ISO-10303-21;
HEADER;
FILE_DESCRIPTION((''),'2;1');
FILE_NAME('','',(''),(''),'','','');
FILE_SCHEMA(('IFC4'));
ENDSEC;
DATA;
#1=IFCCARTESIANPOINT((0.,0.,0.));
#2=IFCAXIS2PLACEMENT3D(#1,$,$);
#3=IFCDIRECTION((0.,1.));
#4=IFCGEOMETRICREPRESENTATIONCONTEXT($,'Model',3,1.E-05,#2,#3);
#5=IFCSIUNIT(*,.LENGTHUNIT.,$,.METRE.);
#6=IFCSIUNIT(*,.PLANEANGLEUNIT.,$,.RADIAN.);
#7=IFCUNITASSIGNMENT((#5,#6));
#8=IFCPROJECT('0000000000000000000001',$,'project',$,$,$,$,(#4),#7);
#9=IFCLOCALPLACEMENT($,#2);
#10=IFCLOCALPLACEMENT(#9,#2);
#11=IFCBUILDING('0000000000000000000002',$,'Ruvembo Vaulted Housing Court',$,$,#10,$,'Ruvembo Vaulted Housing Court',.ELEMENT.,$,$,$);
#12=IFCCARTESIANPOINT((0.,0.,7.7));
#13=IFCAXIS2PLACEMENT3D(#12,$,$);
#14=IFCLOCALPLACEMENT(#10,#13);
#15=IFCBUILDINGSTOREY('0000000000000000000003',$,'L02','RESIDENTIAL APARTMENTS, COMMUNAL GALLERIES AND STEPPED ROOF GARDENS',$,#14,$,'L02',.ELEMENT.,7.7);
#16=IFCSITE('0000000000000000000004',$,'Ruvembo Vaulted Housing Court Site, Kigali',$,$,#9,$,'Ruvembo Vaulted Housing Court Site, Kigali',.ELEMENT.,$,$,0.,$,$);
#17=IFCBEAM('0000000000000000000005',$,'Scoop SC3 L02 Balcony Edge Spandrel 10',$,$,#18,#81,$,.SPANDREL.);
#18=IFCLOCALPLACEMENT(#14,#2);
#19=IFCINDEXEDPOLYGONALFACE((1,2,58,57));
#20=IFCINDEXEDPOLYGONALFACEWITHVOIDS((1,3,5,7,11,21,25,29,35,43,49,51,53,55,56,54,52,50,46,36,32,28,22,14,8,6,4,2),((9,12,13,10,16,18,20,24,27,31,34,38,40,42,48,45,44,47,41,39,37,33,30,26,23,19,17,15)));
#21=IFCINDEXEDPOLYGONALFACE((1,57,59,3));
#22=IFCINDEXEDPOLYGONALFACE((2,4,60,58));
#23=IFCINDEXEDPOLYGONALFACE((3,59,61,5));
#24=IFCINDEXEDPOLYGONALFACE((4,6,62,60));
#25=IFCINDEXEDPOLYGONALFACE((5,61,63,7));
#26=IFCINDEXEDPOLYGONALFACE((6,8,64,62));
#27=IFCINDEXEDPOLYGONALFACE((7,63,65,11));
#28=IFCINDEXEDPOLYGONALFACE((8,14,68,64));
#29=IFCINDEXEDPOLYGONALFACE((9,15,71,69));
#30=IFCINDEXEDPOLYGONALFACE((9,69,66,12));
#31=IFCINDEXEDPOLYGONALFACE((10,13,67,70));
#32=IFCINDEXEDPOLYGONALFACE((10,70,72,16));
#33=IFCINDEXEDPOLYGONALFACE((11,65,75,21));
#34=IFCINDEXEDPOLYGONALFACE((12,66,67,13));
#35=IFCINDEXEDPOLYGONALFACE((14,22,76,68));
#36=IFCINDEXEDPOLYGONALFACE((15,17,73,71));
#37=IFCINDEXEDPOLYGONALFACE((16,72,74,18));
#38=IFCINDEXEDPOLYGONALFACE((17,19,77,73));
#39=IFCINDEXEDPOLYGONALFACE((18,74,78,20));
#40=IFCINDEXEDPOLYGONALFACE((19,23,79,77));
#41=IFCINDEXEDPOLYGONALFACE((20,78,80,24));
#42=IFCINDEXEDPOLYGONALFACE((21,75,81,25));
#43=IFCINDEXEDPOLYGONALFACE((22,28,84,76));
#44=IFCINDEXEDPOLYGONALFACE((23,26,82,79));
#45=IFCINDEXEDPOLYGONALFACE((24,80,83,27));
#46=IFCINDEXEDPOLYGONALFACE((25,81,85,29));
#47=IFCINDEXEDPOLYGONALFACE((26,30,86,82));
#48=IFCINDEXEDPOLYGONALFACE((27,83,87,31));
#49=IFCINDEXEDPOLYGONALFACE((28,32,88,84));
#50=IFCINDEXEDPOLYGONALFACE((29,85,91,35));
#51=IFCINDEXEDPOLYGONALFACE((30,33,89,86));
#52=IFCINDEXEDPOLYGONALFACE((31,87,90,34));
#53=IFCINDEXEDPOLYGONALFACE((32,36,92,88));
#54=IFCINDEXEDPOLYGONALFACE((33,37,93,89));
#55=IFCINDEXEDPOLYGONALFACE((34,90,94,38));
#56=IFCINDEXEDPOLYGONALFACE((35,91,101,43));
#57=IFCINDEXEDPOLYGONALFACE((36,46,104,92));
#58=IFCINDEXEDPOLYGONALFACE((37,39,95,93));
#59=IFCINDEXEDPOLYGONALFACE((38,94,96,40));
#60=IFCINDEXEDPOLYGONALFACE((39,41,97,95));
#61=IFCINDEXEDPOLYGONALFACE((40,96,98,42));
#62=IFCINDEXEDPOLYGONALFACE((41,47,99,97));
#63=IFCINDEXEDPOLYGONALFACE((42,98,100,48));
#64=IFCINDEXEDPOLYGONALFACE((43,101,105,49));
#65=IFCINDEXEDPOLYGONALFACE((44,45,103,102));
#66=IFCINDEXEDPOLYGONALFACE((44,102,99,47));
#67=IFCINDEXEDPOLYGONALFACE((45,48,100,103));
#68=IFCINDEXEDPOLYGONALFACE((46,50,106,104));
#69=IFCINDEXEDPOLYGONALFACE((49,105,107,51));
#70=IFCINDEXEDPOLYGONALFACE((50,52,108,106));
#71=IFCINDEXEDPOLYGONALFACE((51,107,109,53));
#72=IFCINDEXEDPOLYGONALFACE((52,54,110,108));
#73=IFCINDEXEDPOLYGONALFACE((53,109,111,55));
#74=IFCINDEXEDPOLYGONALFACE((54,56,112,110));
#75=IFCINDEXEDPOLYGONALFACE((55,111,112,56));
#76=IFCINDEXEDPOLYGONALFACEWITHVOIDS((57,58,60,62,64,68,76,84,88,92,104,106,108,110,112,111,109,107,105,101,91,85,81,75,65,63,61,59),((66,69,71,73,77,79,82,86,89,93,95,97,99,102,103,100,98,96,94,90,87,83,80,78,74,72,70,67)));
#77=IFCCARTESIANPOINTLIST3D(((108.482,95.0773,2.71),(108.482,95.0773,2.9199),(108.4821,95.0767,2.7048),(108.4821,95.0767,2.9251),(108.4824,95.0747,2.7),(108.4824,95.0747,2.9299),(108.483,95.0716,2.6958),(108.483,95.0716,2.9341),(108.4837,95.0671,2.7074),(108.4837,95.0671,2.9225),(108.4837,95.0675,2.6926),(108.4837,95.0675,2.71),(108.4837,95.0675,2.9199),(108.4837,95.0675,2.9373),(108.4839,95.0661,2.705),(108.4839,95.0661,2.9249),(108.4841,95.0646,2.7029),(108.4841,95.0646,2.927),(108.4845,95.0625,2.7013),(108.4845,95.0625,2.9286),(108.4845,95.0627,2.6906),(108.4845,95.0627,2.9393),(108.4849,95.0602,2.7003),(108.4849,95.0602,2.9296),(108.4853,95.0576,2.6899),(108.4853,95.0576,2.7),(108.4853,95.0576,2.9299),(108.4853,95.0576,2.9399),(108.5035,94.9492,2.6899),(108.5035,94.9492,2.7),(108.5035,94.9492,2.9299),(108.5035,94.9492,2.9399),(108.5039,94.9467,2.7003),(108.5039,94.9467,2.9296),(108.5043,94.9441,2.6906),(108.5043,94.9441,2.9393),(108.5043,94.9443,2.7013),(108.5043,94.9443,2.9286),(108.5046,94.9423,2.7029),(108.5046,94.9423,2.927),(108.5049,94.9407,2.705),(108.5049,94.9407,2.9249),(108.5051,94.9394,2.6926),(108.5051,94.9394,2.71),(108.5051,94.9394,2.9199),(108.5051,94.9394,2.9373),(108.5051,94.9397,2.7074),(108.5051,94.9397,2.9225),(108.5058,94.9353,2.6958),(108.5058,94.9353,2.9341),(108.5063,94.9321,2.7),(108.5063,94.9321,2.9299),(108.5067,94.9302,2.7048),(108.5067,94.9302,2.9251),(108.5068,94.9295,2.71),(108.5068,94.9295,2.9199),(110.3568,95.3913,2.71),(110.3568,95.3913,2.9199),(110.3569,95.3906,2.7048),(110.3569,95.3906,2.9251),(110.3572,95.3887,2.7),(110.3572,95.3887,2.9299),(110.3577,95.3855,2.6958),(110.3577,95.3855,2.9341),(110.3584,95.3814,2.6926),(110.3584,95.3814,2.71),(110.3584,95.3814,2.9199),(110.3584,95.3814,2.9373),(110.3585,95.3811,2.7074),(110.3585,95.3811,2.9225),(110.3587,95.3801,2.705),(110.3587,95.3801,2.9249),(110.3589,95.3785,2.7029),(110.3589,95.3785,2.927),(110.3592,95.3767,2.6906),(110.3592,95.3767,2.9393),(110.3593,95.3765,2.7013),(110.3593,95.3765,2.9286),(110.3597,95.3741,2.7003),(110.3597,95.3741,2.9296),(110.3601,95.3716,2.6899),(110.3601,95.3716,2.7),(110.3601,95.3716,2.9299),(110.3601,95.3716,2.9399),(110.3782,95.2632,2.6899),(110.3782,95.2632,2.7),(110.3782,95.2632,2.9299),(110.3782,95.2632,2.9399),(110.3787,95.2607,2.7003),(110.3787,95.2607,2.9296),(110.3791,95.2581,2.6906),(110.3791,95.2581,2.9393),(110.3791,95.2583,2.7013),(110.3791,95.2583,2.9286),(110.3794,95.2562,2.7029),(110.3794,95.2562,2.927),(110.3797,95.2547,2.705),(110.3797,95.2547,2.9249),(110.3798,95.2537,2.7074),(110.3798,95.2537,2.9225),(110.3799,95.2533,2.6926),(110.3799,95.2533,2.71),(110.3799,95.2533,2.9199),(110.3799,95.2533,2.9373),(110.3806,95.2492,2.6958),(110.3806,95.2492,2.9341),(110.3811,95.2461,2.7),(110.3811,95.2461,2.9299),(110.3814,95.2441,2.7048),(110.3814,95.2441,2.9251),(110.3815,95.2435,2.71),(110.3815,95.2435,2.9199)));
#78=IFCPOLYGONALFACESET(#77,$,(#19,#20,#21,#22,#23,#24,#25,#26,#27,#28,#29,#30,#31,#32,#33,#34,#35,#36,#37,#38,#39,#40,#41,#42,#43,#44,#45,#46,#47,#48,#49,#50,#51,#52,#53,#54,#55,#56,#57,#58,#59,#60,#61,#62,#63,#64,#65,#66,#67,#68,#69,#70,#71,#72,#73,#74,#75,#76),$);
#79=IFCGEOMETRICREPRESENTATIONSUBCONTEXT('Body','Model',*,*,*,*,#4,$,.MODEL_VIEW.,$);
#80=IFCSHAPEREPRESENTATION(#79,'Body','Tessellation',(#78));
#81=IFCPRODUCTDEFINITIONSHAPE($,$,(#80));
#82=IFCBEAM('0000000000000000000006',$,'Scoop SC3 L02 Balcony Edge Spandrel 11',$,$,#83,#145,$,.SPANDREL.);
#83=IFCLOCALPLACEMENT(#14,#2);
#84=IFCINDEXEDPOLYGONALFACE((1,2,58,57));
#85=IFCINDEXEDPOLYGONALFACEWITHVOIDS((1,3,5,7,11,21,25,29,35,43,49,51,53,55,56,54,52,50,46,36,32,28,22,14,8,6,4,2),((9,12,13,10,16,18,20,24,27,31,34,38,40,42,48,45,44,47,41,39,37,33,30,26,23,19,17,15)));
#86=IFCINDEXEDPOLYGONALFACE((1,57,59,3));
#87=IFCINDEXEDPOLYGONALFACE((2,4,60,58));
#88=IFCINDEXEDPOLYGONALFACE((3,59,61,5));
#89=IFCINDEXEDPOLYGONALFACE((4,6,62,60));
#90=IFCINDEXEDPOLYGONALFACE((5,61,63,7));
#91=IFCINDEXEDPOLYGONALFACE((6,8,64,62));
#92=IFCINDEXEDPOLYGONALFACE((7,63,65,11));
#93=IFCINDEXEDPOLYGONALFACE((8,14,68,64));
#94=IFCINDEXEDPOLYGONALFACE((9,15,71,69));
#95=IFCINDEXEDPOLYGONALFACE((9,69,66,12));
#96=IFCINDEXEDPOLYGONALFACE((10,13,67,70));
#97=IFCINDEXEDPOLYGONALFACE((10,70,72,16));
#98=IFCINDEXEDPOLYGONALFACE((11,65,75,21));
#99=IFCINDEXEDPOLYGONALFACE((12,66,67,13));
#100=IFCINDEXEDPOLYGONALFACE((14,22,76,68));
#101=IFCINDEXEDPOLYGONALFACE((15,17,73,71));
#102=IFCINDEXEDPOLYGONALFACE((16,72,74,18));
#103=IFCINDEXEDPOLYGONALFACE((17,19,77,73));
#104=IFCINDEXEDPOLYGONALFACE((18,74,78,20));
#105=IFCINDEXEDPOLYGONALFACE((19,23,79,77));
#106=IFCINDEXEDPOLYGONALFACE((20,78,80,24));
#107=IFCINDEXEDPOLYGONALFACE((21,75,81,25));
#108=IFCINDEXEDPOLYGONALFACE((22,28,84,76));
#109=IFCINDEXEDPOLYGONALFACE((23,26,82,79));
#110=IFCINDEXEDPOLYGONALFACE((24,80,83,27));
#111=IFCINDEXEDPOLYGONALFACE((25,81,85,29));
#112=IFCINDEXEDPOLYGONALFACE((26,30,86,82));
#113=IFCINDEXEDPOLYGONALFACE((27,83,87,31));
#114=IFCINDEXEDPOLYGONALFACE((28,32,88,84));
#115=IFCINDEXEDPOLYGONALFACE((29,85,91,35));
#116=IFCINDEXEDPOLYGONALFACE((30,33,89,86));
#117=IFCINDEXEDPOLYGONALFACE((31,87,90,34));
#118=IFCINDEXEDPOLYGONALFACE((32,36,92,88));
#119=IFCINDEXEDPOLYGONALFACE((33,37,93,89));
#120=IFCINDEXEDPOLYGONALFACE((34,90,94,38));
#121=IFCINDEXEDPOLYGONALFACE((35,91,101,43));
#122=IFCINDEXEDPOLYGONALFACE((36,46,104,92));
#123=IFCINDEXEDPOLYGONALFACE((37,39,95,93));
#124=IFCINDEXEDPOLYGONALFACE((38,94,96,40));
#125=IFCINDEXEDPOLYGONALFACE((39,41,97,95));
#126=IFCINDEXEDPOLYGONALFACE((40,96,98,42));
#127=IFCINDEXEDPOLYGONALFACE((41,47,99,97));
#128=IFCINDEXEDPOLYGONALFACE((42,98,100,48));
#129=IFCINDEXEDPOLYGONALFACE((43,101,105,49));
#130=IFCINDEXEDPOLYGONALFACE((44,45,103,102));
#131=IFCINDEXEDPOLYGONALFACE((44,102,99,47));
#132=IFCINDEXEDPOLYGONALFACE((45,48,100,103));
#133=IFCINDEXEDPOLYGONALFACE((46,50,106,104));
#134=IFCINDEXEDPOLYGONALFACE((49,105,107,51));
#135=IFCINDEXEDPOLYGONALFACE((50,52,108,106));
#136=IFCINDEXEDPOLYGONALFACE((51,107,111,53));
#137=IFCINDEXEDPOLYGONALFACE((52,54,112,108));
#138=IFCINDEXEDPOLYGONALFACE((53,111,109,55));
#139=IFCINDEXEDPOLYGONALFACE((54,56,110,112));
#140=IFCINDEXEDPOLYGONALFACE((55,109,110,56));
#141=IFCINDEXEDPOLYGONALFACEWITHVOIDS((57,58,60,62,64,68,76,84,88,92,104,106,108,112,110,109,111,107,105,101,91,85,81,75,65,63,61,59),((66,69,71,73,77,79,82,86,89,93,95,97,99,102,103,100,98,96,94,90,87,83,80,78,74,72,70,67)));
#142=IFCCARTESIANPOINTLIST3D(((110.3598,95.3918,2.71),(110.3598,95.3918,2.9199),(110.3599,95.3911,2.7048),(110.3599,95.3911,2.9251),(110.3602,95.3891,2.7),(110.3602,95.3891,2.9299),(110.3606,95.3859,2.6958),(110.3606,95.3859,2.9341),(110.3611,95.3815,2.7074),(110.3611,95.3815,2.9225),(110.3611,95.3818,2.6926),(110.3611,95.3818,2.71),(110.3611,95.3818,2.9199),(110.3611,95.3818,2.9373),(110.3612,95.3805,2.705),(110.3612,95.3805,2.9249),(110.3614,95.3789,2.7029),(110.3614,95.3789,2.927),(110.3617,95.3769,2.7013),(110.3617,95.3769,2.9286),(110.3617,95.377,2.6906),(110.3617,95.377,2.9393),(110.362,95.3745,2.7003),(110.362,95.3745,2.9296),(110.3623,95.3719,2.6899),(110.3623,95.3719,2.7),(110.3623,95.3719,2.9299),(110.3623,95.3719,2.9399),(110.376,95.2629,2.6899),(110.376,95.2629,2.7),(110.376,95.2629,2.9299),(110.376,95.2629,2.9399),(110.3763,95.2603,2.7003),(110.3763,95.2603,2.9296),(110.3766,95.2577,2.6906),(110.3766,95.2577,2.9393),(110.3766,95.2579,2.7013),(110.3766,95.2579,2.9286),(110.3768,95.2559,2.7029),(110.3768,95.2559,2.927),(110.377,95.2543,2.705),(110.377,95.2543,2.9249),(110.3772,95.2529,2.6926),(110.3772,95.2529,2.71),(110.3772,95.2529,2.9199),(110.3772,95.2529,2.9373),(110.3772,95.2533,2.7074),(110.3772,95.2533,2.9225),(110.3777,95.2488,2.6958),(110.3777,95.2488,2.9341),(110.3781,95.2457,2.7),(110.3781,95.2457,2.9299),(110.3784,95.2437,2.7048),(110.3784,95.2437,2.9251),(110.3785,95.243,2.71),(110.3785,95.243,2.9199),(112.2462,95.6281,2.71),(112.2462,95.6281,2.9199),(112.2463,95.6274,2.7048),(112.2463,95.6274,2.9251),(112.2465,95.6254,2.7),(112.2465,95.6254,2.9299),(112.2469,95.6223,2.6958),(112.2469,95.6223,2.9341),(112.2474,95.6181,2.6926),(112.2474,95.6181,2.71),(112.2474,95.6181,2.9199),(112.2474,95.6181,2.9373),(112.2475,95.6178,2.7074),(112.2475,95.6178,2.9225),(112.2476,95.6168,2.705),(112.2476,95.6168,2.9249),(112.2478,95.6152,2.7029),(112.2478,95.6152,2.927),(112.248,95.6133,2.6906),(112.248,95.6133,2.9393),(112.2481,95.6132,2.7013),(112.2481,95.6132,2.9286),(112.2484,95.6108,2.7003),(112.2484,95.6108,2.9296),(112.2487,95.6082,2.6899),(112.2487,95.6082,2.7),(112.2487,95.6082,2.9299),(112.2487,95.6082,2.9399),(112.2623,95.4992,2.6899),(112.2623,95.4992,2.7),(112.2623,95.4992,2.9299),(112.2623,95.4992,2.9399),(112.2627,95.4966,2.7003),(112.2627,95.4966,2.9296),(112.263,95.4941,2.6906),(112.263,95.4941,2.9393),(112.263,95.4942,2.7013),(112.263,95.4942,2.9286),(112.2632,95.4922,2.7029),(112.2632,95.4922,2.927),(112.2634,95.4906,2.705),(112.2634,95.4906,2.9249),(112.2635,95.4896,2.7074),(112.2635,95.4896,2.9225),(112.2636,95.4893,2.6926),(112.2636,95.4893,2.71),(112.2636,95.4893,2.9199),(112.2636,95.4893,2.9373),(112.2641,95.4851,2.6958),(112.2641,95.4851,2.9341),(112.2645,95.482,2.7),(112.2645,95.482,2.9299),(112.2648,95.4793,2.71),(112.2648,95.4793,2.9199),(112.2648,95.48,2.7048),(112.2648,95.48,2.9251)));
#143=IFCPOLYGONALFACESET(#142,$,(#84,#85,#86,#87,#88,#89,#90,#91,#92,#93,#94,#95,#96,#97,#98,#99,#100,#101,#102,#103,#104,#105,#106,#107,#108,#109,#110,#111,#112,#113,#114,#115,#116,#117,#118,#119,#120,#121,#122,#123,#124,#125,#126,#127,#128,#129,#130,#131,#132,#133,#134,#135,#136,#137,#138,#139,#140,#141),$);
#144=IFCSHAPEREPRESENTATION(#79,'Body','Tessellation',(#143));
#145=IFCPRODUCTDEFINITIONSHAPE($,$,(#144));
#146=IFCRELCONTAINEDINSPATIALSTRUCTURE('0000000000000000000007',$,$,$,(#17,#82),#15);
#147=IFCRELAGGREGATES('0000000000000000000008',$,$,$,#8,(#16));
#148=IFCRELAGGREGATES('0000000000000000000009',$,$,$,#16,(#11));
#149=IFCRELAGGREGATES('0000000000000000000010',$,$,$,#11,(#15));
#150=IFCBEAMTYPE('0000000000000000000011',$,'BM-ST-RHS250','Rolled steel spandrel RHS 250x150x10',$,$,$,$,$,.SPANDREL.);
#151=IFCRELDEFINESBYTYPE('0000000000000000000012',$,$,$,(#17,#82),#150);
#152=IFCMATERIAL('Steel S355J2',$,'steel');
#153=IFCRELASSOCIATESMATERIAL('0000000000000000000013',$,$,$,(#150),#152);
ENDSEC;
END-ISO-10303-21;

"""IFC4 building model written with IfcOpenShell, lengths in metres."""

from ifc_helpers import new_model, si_unit, direction, frame, origin, origin_2d, place, context, subcontext, project, spatial, hollow_rectangle, extrude, material, material_profile, profile_set, type_object, element, save


model = new_model("IFC4")

# Units and contexts
model_context = context("Model", 3, precision=1e-05, world=origin(), true_north=direction((0.0, 1.0)))
body_context = subcontext(model_context, "Body", "Model", "MODEL_VIEW")
ifc_project = project(units=[si_unit("LENGTHUNIT", "METRE"), si_unit("PLANEANGLEUNIT", "RADIAN")], contexts=[model_context])

# Site, building, storey
site_placement = place(None, origin())
site = spatial("IfcSite", under=ifc_project, at=site_placement, Name="Ruvembo Vaulted Housing Court Site, Kigali", LongName="Ruvembo Vaulted Housing Court Site, Kigali", CompositionType="ELEMENT", RefElevation=0.0)
building_placement = place(site_placement, origin())
building = spatial("IfcBuilding", under=site, at=building_placement, Name="Ruvembo Vaulted Housing Court", LongName="Ruvembo Vaulted Housing Court", CompositionType="ELEMENT")
storey_placement = place(building_placement, frame((0.0, 0.0, 7.7)))
storey = spatial("IfcBuildingStorey", under=building, at=storey_placement, Name="L02", Description="RESIDENTIAL APARTMENTS, COMMUNAL GALLERIES AND STEPPED ROOF GARDENS", LongName="L02", CompositionType="ELEMENT", Elevation=7.7)

# Beams
ifc_material_1 = material(Name="Steel S355J2", Category="steel")
ifc_material_profile_1 = material_profile(ifc_material_1, hollow_rectangle(XDim=0.1499, YDim=0.25, WallThickness=0.01, InnerFilletRadius=0.01, OuterFilletRadius=0.02, at=origin_2d()), Name="RHS 250x150x10")
ifc_profile_set_1 = profile_set([ifc_material_profile_1], Name="Steel S355J2")
beam_type = type_object("IfcBeamType", Name="BM-ST-RHS250", Description="Rolled steel spandrel RHS 250x150x10", PredefinedType="SPANDREL", material=ifc_profile_set_1)
beam_1_placement = place(storey_placement, frame((108.4944, 95.0034, 2.8149), z_axis=(0.986265, 0.16517, 0.0), x_axis=(-0.16517, 0.986265, 0.0)))
element("IfcBeam", 1, at=beam_1_placement, inside=storey, type_object=beam_type, Name="Scoop SC3 L02 Balcony Edge Spandrel 10", PredefinedType="SPANDREL", context=body_context, shape_type="SweptSolid", body=[
    extrude(hollow_rectangle(XDim=0.1499, YDim=0.25, WallThickness=0.01, InnerFilletRadius=0.01, OuterFilletRadius=0.02, at=origin_2d()), origin(), (0.0, 0.0, 1.0), 1.9009),
])
for number, where, z_axis, x_axis, name in (
    (2, (110.3691, 95.3174, 2.8149), (0.992244, 0.124303, 0.0), (-0.124303, 0.992244, 0.0), "Scoop SC3 L02 Balcony Edge Spandrel 11"),
):
    element("IfcBeam", number, at=place(storey_placement, frame(where, z_axis=z_axis, x_axis=x_axis)), inside=storey, type_object=beam_type, Name=name, PredefinedType="SPANDREL", context=body_context, shape_type="SweptSolid", body=[
        extrude(hollow_rectangle(XDim=0.1499, YDim=0.25, WallThickness=0.01, InnerFilletRadius=0.01, OuterFilletRadius=0.02, at=origin_2d()), origin(), (0.0, 0.0, 1.0), 1.9011),
    ])

save(model, "model.ifc")
